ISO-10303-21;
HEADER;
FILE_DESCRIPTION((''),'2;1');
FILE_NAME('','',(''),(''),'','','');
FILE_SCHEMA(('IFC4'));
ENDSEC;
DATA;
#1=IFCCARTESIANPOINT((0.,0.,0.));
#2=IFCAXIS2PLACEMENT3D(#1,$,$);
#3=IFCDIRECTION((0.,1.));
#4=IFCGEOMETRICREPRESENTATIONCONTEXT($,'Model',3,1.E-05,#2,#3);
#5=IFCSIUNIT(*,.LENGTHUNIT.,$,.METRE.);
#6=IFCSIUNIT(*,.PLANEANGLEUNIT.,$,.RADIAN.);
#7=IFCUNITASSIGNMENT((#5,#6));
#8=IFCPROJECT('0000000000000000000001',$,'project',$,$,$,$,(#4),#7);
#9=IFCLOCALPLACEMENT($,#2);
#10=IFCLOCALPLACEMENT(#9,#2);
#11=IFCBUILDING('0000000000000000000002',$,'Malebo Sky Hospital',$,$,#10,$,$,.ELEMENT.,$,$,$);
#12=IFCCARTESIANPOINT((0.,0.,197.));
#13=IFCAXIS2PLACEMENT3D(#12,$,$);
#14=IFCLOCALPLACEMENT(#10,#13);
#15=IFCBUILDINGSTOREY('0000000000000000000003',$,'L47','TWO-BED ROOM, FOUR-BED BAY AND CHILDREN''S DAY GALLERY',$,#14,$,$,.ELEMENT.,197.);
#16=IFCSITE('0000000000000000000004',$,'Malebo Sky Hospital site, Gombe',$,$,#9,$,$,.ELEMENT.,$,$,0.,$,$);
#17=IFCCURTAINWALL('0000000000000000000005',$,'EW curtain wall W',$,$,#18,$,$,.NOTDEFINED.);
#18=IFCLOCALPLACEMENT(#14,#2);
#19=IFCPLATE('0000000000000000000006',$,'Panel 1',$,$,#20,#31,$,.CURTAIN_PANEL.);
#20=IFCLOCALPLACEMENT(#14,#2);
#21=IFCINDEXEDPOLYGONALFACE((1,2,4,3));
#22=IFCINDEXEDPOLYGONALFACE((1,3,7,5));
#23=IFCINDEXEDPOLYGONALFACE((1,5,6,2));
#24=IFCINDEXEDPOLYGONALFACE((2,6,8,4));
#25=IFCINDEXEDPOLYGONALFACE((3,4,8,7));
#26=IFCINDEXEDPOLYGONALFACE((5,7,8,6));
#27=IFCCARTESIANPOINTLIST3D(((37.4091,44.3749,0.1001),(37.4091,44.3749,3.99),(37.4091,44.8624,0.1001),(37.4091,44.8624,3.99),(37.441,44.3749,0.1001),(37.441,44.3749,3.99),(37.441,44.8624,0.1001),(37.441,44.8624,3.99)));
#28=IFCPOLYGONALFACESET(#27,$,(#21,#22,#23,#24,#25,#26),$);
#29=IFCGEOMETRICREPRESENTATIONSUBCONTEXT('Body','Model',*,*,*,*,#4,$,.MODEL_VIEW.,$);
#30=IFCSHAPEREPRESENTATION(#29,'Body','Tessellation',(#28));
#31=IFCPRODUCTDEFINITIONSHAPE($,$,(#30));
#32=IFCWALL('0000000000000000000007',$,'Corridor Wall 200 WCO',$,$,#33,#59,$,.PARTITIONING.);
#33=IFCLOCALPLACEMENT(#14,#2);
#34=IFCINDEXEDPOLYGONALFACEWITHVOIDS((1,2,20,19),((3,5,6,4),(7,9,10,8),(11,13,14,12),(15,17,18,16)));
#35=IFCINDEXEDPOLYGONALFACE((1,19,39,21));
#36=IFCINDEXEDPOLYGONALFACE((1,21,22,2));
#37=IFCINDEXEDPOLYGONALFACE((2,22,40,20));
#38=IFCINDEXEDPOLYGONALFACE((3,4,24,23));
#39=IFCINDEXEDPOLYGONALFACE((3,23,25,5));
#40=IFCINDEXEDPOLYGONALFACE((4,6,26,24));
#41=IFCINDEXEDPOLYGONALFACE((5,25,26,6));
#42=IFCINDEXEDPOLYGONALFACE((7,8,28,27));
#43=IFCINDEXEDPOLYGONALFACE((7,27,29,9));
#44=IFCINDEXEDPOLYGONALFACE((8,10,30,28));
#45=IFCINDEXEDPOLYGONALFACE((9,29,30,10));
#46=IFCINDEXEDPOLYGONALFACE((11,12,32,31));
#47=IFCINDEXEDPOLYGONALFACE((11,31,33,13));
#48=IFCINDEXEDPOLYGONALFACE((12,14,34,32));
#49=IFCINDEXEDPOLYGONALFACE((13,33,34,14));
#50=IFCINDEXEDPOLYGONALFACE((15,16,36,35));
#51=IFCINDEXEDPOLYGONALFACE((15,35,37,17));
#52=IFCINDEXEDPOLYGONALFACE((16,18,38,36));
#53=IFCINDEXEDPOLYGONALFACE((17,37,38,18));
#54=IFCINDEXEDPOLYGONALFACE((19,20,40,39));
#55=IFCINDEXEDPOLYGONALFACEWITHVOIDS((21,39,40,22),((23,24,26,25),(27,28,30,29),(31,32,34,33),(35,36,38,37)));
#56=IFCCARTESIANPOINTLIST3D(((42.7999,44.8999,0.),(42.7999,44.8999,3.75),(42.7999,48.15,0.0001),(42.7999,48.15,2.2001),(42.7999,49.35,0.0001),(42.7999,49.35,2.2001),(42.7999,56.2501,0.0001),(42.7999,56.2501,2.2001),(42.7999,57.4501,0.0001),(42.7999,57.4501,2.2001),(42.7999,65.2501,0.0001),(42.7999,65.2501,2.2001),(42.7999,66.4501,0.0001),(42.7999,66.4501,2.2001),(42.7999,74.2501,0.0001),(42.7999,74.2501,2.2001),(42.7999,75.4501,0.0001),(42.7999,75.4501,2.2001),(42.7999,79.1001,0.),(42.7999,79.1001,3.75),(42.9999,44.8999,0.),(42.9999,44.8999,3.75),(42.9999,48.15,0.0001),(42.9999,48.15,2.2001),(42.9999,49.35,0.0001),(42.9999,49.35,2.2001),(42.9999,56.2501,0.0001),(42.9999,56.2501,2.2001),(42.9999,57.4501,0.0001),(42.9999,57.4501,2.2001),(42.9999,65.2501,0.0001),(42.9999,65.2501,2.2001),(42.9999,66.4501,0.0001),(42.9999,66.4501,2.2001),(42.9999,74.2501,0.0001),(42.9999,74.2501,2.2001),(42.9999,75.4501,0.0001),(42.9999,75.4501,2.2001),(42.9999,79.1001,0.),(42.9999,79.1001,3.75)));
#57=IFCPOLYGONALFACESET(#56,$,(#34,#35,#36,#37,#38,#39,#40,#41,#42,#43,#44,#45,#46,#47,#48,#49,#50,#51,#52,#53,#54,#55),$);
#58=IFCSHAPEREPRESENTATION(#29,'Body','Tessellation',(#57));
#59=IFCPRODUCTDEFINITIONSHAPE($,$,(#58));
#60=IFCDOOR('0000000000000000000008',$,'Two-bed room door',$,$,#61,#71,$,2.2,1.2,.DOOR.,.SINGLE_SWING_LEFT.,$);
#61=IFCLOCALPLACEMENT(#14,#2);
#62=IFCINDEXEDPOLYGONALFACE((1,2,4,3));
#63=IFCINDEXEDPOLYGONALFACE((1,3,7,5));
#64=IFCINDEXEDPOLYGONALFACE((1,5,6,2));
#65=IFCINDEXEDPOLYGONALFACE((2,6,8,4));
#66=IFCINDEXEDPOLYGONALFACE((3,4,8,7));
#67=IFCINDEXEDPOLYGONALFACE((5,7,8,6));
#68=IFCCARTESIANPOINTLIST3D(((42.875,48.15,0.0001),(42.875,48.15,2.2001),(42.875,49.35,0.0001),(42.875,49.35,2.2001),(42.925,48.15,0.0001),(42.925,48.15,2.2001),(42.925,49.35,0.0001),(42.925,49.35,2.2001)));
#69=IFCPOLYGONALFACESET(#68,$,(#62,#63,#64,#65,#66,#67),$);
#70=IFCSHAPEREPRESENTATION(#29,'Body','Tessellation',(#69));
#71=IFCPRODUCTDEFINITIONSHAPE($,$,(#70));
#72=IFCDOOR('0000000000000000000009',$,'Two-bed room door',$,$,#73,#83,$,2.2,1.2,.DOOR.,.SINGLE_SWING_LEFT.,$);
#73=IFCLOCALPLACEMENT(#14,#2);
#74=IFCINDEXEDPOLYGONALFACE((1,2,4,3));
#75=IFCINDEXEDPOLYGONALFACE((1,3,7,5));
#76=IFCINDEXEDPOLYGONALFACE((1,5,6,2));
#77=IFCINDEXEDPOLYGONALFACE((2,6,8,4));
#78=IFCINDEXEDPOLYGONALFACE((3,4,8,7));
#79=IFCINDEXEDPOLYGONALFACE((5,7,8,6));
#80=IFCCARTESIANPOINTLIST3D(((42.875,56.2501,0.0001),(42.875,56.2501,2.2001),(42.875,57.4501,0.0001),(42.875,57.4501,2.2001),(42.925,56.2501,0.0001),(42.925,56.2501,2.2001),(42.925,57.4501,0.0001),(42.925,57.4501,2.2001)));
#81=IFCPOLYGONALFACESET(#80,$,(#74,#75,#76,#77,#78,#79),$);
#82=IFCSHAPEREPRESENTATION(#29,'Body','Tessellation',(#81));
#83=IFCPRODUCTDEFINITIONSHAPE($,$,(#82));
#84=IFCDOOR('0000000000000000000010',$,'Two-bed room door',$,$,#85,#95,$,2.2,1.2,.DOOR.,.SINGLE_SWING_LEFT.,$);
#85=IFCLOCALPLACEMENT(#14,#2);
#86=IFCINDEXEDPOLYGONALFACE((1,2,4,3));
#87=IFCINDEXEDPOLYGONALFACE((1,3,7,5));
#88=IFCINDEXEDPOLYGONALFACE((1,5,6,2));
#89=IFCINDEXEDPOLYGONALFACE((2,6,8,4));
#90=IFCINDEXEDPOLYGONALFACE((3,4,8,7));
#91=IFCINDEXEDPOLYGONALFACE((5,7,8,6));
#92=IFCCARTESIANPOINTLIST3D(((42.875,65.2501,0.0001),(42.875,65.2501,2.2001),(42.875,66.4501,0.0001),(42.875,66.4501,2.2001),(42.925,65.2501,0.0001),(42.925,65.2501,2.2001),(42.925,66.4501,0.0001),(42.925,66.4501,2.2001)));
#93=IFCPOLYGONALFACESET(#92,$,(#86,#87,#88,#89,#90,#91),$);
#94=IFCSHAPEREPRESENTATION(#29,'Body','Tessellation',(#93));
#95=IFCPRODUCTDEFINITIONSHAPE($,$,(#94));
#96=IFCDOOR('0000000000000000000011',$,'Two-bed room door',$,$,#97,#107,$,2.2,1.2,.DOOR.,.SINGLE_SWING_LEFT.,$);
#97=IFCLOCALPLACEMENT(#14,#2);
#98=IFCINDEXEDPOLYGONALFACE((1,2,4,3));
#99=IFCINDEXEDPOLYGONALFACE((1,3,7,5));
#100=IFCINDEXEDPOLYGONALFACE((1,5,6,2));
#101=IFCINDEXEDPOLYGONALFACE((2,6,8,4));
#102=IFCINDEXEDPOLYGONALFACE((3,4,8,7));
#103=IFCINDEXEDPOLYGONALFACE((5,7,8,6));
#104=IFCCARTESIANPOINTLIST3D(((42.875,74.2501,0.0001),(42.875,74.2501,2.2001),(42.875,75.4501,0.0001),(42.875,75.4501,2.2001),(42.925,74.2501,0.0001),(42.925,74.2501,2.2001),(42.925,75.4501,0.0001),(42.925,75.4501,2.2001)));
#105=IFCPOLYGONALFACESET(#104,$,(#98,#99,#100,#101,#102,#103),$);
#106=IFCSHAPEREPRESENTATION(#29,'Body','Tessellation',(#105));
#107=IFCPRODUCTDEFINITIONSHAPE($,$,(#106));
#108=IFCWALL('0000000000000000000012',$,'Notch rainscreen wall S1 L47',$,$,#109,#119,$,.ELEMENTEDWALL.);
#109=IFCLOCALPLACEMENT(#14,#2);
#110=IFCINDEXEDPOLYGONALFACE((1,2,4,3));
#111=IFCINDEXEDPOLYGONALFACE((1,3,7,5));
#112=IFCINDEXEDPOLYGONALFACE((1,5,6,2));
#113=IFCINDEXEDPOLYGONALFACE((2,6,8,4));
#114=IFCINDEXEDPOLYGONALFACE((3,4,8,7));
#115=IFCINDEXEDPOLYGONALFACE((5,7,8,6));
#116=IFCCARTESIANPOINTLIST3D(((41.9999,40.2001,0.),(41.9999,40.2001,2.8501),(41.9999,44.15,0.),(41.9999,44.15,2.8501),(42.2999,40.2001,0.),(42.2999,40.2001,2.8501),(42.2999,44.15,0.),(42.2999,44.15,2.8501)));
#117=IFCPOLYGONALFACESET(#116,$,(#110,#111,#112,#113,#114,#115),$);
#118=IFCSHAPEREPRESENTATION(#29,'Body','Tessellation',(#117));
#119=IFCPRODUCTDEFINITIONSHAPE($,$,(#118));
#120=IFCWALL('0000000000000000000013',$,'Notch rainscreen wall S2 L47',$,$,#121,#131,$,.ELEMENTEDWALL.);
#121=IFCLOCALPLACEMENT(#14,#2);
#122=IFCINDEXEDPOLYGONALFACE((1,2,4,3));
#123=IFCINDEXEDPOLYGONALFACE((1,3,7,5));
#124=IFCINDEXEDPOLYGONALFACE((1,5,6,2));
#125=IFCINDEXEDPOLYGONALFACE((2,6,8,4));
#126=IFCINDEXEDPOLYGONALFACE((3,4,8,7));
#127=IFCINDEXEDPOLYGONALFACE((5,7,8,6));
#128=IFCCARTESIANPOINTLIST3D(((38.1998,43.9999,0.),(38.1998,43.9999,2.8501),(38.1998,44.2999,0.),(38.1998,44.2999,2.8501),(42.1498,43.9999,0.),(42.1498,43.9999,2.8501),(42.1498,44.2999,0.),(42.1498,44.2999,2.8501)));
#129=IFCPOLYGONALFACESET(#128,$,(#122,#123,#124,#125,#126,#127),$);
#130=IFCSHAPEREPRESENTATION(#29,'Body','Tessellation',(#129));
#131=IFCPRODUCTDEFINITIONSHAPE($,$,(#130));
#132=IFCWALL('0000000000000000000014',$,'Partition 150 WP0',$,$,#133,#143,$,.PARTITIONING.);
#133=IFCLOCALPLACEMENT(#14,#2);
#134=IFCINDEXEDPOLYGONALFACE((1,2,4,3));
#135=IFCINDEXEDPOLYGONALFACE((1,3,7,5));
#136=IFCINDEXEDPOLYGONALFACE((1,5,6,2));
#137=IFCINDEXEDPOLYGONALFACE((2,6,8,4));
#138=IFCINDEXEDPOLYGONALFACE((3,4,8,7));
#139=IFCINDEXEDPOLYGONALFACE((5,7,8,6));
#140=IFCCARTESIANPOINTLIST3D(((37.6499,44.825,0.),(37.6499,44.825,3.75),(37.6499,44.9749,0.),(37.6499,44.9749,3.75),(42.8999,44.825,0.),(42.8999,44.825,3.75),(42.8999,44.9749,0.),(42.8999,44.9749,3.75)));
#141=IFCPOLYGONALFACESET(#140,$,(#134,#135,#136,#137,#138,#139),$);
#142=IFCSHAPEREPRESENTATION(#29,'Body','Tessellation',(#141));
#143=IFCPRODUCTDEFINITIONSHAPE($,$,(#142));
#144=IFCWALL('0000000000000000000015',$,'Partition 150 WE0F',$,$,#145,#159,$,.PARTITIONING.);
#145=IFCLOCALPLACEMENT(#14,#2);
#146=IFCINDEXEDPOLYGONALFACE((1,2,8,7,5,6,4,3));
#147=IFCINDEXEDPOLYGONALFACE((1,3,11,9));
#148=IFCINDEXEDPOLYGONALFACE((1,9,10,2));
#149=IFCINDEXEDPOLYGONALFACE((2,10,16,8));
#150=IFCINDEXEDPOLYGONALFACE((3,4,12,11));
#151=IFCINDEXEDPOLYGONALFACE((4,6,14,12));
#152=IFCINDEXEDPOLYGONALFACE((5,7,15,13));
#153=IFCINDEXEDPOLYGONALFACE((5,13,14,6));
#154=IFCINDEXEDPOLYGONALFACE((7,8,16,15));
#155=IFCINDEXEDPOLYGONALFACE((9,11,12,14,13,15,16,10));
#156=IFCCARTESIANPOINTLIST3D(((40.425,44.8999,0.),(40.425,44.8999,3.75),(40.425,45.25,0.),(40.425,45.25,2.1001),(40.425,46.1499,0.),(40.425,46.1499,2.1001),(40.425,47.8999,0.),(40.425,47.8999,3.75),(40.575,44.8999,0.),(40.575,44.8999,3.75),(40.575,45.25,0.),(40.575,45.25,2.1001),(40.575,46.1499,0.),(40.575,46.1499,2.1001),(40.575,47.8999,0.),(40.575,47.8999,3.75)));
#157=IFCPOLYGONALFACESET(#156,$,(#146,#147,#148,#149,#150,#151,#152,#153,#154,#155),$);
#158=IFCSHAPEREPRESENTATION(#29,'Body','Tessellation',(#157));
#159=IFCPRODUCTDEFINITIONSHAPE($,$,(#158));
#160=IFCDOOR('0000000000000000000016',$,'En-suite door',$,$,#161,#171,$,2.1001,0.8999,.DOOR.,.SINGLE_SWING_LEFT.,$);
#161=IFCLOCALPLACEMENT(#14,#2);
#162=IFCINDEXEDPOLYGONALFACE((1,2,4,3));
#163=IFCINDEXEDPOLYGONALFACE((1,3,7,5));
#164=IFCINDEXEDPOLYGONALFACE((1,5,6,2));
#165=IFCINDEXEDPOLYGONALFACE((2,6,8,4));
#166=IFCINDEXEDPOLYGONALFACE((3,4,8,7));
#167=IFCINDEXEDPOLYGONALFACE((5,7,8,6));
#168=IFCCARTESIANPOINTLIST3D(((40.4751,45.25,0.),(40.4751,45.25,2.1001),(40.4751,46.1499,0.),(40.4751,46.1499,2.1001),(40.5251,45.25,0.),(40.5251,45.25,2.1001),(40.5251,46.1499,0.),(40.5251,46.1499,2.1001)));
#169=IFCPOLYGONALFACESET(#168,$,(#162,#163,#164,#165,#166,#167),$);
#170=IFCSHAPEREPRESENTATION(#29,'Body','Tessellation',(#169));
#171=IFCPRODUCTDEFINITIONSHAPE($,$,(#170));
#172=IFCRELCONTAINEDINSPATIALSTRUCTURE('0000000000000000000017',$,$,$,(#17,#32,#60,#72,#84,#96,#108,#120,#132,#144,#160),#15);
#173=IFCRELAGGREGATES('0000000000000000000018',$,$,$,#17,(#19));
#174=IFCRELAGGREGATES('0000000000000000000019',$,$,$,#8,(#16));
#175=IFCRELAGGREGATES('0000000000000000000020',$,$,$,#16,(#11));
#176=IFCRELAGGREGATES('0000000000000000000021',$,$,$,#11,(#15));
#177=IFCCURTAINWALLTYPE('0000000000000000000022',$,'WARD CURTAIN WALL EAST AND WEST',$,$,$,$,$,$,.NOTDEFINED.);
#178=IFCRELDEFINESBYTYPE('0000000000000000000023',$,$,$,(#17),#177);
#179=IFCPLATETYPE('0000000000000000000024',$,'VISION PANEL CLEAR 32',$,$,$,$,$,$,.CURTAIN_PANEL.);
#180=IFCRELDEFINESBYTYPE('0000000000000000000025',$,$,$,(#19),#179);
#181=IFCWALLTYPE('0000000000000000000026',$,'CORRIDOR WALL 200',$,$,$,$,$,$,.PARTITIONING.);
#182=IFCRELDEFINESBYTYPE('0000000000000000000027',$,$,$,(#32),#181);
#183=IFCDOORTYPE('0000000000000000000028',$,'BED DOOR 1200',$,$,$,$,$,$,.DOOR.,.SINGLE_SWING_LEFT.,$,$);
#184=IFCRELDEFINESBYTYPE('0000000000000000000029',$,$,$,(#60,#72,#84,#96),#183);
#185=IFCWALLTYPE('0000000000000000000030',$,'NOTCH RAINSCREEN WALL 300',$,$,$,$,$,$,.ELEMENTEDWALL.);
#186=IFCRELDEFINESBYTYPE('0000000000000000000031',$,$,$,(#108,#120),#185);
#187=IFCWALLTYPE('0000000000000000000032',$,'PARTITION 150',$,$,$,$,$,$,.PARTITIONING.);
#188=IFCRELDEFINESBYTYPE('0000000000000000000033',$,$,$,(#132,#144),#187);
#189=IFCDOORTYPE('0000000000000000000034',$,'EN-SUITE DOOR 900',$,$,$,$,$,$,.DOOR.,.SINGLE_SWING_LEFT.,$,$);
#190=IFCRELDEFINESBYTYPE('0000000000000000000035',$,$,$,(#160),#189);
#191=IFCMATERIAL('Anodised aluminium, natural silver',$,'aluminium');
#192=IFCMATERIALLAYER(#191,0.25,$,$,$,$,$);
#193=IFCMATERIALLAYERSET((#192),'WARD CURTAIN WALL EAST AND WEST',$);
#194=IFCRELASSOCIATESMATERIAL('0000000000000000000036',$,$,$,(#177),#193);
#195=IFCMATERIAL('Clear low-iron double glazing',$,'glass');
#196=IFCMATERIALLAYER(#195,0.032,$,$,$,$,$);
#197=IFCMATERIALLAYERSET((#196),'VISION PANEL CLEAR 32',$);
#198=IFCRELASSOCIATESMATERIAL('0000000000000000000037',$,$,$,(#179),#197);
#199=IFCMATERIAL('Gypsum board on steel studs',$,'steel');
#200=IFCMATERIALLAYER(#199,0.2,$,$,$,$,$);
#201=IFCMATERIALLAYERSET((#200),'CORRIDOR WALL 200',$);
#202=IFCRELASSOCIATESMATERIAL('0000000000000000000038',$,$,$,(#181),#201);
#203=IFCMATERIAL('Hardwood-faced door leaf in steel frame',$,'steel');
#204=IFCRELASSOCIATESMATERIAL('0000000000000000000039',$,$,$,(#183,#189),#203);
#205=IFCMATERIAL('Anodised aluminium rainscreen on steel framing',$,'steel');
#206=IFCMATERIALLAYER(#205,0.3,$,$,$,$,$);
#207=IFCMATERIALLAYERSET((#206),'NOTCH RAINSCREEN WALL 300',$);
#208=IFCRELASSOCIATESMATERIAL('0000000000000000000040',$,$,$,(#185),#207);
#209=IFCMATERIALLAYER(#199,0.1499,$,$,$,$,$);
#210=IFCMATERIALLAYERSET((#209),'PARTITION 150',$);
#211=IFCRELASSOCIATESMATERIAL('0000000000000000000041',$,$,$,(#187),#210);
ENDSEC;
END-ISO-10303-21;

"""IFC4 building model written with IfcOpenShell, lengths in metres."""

from ifc_helpers import new_model, si_unit, direction, frame, frame_2d, origin, origin_2d, place, context, subcontext, project, spatial, rectangle, extrude, material, layer, layer_set, type_object, element, fill, aggregate, save


model = new_model("IFC4")

# Units and contexts
model_context = context("Model", 3, precision=1e-05, world=origin(), true_north=direction((0.0, 1.0)))
body_context = subcontext(model_context, "Body", "Model", "MODEL_VIEW")
ifc_project = project(units=[si_unit("LENGTHUNIT", "METRE"), si_unit("PLANEANGLEUNIT", "RADIAN")], contexts=[model_context])

# Site, building, storey
site_placement = place(None, origin())
site = spatial("IfcSite", under=ifc_project, at=site_placement, Name="Malebo Sky Hospital site, Gombe", CompositionType="ELEMENT", RefElevation=0.0)
building_placement = place(site_placement, origin())
building = spatial("IfcBuilding", under=site, at=building_placement, Name="Malebo Sky Hospital", CompositionType="ELEMENT")
storey_placement = place(building_placement, frame((0.0, 0.0, 197.0)))
storey = spatial("IfcBuildingStorey", under=building, at=storey_placement, Name="L47", Description="TWO-BED ROOM, FOUR-BED BAY AND CHILDREN'S DAY GALLERY", CompositionType="ELEMENT", Elevation=197.0)

# Curtain wall
ifc_material_1 = material(Name="Anodised aluminium, natural silver", Category="aluminium")
ifc_layer_1 = layer(ifc_material_1, 0.25)
ifc_layer_set_1 = layer_set([ifc_layer_1], Name="WARD CURTAIN WALL EAST AND WEST")
curtain_wall_type_1 = type_object("IfcCurtainWallType", Name="WARD CURTAIN WALL EAST AND WEST", PredefinedType="NOTDEFINED", material=ifc_layer_set_1)
curtain_wall_1_placement = place(storey_placement, origin())
curtain_wall_1 = element("IfcCurtainWall", 1, at=curtain_wall_1_placement, inside=storey, type_object=curtain_wall_type_1, Name="EW curtain wall W", PredefinedType="NOTDEFINED")

# Plate
ifc_material_2 = material(Name="Clear low-iron double glazing", Category="glass")
ifc_layer_2 = layer(ifc_material_2, 0.032)
ifc_layer_set_2 = layer_set([ifc_layer_2], Name="VISION PANEL CLEAR 32")
plate_type = type_object("IfcPlateType", Name="VISION PANEL CLEAR 32", PredefinedType="CURTAIN_PANEL", material=ifc_layer_set_2)
plate_placement = place(storey_placement, frame((37.425, 44.6187, 0.1001), z_axis=(0.0, 0.0, 1.0), x_axis=(0.0, 1.0, 0.0)))
plate = element("IfcPlate", 2, at=plate_placement, type_object=plate_type, Name="Panel 1", PredefinedType="CURTAIN_PANEL", context=body_context, shape_type="SweptSolid", body=[
    extrude(rectangle(XDim=0.4875, YDim=0.032, at=origin_2d()), origin(), (0.0, 0.0, 1.0), 3.8899),
])
aggregate(curtain_wall_1, [plate])

# Wall, openings, doors
ifc_material_3 = material(Name="Gypsum board on steel studs", Category="steel")
ifc_layer_3 = layer(ifc_material_3, 0.2)
ifc_layer_set_3 = layer_set([ifc_layer_3], Name="CORRIDOR WALL 200")
wall_type_1 = type_object("IfcWallType", Name="CORRIDOR WALL 200", PredefinedType="PARTITIONING", material=ifc_layer_set_3)
wall_1_placement = place(storey_placement, frame((42.8999, 44.8999, 0.0), z_axis=(0.0, 0.0, 1.0), x_axis=(0.0, 1.0, 0.0)))
wall_1 = element("IfcWall", 3, at=wall_1_placement, inside=storey, type_object=wall_type_1, Name="Corridor Wall 200 WCO", PredefinedType="PARTITIONING", context=body_context, shape_type="SweptSolid", body=[
    extrude(rectangle(XDim=34.2002, YDim=0.2, at=frame_2d((17.1001, 0.0))), origin(), (0.0, 0.0, 1.0), 3.75),
])
opening_1_placement = place(wall_1_placement, frame((3.25, 0.0, 0.0)))
opening_1 = element("IfcOpeningElement", 4, at=opening_1_placement, cuts=wall_1, PredefinedType="OPENING", context=body_context, shape_type="SweptSolid", body=[
    extrude(rectangle(XDim=1.2, YDim=2.2, at=frame_2d((0.6001, 1.1001))), frame((0.0, 0.1099, 0.0), z_axis=(0.0, -1.0, 0.0), x_axis=(1.0, 0.0, 0.0)), (0.0, 0.0, 1.0), 0.22),
])
opening_2_placement = place(wall_1_placement, frame((11.3501, 0.0, 0.0)))
opening_2 = element("IfcOpeningElement", 5, at=opening_2_placement, cuts=wall_1, PredefinedType="OPENING", context=body_context, shape_type="SweptSolid", body=[
    extrude(rectangle(XDim=1.2, YDim=2.2, at=frame_2d((0.6001, 1.1001))), frame((0.0, 0.1099, 0.0), z_axis=(0.0, -1.0, 0.0), x_axis=(1.0, 0.0, 0.0)), (0.0, 0.0, 1.0), 0.22),
])
opening_3_placement = place(wall_1_placement, frame((20.3501, 0.0, 0.0)))
opening_3 = element("IfcOpeningElement", 6, at=opening_3_placement, cuts=wall_1, PredefinedType="OPENING", context=body_context, shape_type="SweptSolid", body=[
    extrude(rectangle(XDim=1.2, YDim=2.2, at=frame_2d((0.6001, 1.1001))), frame((0.0, 0.1099, 0.0), z_axis=(0.0, -1.0, 0.0), x_axis=(1.0, 0.0, 0.0)), (0.0, 0.0, 1.0), 0.22),
])
opening_4_placement = place(wall_1_placement, frame((29.3501, 0.0, 0.0)))
opening_4 = element("IfcOpeningElement", 7, at=opening_4_placement, cuts=wall_1, PredefinedType="OPENING", context=body_context, shape_type="SweptSolid", body=[
    extrude(rectangle(XDim=1.2, YDim=2.2, at=frame_2d((0.6001, 1.1001))), frame((0.0, 0.1099, 0.0), z_axis=(0.0, -1.0, 0.0), x_axis=(1.0, 0.0, 0.0)), (0.0, 0.0, 1.0), 0.22),
])
ifc_material_4 = material(Name="Hardwood-faced door leaf in steel frame", Category="steel")
door_type_1 = type_object("IfcDoorType", Name="BED DOOR 1200", OperationType="SINGLE_SWING_LEFT", PredefinedType="DOOR", material=ifc_material_4)
door_1_placement = place(opening_1_placement, origin())
door_1 = element("IfcDoor", 8, at=door_1_placement, inside=storey, type_object=door_type_1, Name="Two-bed room door", OperationType="SINGLE_SWING_LEFT", OverallHeight=2.2, OverallWidth=1.2, PredefinedType="DOOR", context=body_context, shape_type="SweptSolid", body=[
    extrude(rectangle(XDim=1.2, YDim=2.2, at=frame_2d((0.6001, 1.1001))), frame((0.0, 0.0249, 0.0), z_axis=(0.0, -1.0, 0.0), x_axis=(1.0, 0.0, 0.0)), (0.0, 0.0, 1.0), 0.05),
])
fill(opening_1, door_1)
door_2_placement = place(opening_2_placement, origin())
door_2 = element("IfcDoor", 9, at=door_2_placement, inside=storey, type_object=door_type_1, Name="Two-bed room door", OperationType="SINGLE_SWING_LEFT", OverallHeight=2.2, OverallWidth=1.2, PredefinedType="DOOR", context=body_context, shape_type="SweptSolid", body=[
    extrude(rectangle(XDim=1.2, YDim=2.2, at=frame_2d((0.6001, 1.1001))), frame((0.0, 0.0249, 0.0), z_axis=(0.0, -1.0, 0.0), x_axis=(1.0, 0.0, 0.0)), (0.0, 0.0, 1.0), 0.05),
])
fill(opening_2, door_2)
door_3_placement = place(opening_3_placement, origin())
door_3 = element("IfcDoor", 10, at=door_3_placement, inside=storey, type_object=door_type_1, Name="Two-bed room door", OperationType="SINGLE_SWING_LEFT", OverallHeight=2.2, OverallWidth=1.2, PredefinedType="DOOR", context=body_context, shape_type="SweptSolid", body=[
    extrude(rectangle(XDim=1.2, YDim=2.2, at=frame_2d((0.6001, 1.1001))), frame((0.0, 0.0249, 0.0), z_axis=(0.0, -1.0, 0.0), x_axis=(1.0, 0.0, 0.0)), (0.0, 0.0, 1.0), 0.05),
])
fill(opening_3, door_3)
door_4_placement = place(opening_4_placement, origin())
door_4 = element("IfcDoor", 11, at=door_4_placement, inside=storey, type_object=door_type_1, Name="Two-bed room door", OperationType="SINGLE_SWING_LEFT", OverallHeight=2.2, OverallWidth=1.2, PredefinedType="DOOR", context=body_context, shape_type="SweptSolid", body=[
    extrude(rectangle(XDim=1.2, YDim=2.2, at=frame_2d((0.6001, 1.1001))), frame((0.0, 0.0249, 0.0), z_axis=(0.0, -1.0, 0.0), x_axis=(1.0, 0.0, 0.0)), (0.0, 0.0, 1.0), 0.05),
])
fill(opening_4, door_4)

# Walls
ifc_material_5 = material(Name="Anodised aluminium rainscreen on steel framing", Category="steel")
ifc_layer_4 = layer(ifc_material_5, 0.3)
ifc_layer_set_4 = layer_set([ifc_layer_4], Name="NOTCH RAINSCREEN WALL 300")
wall_type_2 = type_object("IfcWallType", Name="NOTCH RAINSCREEN WALL 300", PredefinedType="ELEMENTEDWALL", material=ifc_layer_set_4)
for number, where, z_axis, x_axis, name in (
    (12, (42.1499, 40.2, 0.0), (0.0, 0.0, 1.0), (0.0, 1.0, 0.0), "Notch rainscreen wall S1 L47"),
    (13, (42.1499, 44.1499, 0.0), (0.0, 0.0, 1.0), (-1.0, 0.0, 0.0), "Notch rainscreen wall S2 L47"),
):
    element("IfcWall", number, at=place(storey_placement, frame(where, z_axis=z_axis, x_axis=x_axis)), inside=storey, type_object=wall_type_2, Name=name, PredefinedType="ELEMENTEDWALL", context=body_context, shape_type="SweptSolid", body=[
        extrude(rectangle(XDim=3.95, YDim=0.3, at=frame_2d((1.9751, 0.0))), origin(), (0.0, 0.0, 1.0), 2.8501),
    ])
ifc_layer_5 = layer(ifc_material_3, 0.1499)
ifc_layer_set_5 = layer_set([ifc_layer_5], Name="PARTITION 150")
wall_type_3 = type_object("IfcWallType", Name="PARTITION 150", PredefinedType="PARTITIONING", material=ifc_layer_set_5)
wall_2_placement = place(storey_placement, frame((42.8999, 44.8999, 0.0), z_axis=(0.0, 0.0, 1.0), x_axis=(-1.0, 0.0, 0.0)))
element("IfcWall", 14, at=wall_2_placement, inside=storey, type_object=wall_type_3, Name="Partition 150 WP0", PredefinedType="PARTITIONING", context=body_context, shape_type="SweptSolid", body=[
    extrude(rectangle(XDim=5.25, YDim=0.1499, at=frame_2d((2.625, 0.0))), origin(), (0.0, 0.0, 1.0), 3.75),
])

# Wall, opening, door
wall_3_placement = place(storey_placement, frame((40.5, 44.8999, 0.0), z_axis=(0.0, 0.0, 1.0), x_axis=(0.0, 1.0, 0.0)))
wall_3 = element("IfcWall", 15, at=wall_3_placement, inside=storey, type_object=wall_type_3, Name="Partition 150 WE0F", PredefinedType="PARTITIONING", context=body_context, shape_type="SweptSolid", body=[
    extrude(rectangle(XDim=3.0, YDim=0.1499, at=frame_2d((1.5, 0.0))), origin(), (0.0, 0.0, 1.0), 3.75),
])
opening_5_placement = place(wall_3_placement, frame((0.3501, 0.0, 0.0)))
opening_5 = element("IfcOpeningElement", 16, at=opening_5_placement, cuts=wall_3, PredefinedType="OPENING", context=body_context, shape_type="SweptSolid", body=[
    extrude(rectangle(XDim=0.8999, YDim=2.1001, at=frame_2d((0.45, 1.05))), frame((0.0, 0.085, 0.0), z_axis=(0.0, -1.0, 0.0), x_axis=(1.0, 0.0, 0.0)), (0.0, 0.0, 1.0), 0.1699),
])
door_type_2 = type_object("IfcDoorType", Name="EN-SUITE DOOR 900", OperationType="SINGLE_SWING_LEFT", PredefinedType="DOOR", material=ifc_material_4)
door_5_placement = place(opening_5_placement, origin())
door_5 = element("IfcDoor", 17, at=door_5_placement, inside=storey, type_object=door_type_2, Name="En-suite door", OperationType="SINGLE_SWING_LEFT", OverallHeight=2.1001, OverallWidth=0.8999, PredefinedType="DOOR", context=body_context, shape_type="SweptSolid", body=[
    extrude(rectangle(XDim=0.8999, YDim=2.1001, at=frame_2d((0.45, 1.05))), frame((0.0, 0.0249, 0.0), z_axis=(0.0, -1.0, 0.0), x_axis=(1.0, 0.0, 0.0)), (0.0, 0.0, 1.0), 0.05),
])
fill(opening_5, door_5)

save(model, "model.ifc")
